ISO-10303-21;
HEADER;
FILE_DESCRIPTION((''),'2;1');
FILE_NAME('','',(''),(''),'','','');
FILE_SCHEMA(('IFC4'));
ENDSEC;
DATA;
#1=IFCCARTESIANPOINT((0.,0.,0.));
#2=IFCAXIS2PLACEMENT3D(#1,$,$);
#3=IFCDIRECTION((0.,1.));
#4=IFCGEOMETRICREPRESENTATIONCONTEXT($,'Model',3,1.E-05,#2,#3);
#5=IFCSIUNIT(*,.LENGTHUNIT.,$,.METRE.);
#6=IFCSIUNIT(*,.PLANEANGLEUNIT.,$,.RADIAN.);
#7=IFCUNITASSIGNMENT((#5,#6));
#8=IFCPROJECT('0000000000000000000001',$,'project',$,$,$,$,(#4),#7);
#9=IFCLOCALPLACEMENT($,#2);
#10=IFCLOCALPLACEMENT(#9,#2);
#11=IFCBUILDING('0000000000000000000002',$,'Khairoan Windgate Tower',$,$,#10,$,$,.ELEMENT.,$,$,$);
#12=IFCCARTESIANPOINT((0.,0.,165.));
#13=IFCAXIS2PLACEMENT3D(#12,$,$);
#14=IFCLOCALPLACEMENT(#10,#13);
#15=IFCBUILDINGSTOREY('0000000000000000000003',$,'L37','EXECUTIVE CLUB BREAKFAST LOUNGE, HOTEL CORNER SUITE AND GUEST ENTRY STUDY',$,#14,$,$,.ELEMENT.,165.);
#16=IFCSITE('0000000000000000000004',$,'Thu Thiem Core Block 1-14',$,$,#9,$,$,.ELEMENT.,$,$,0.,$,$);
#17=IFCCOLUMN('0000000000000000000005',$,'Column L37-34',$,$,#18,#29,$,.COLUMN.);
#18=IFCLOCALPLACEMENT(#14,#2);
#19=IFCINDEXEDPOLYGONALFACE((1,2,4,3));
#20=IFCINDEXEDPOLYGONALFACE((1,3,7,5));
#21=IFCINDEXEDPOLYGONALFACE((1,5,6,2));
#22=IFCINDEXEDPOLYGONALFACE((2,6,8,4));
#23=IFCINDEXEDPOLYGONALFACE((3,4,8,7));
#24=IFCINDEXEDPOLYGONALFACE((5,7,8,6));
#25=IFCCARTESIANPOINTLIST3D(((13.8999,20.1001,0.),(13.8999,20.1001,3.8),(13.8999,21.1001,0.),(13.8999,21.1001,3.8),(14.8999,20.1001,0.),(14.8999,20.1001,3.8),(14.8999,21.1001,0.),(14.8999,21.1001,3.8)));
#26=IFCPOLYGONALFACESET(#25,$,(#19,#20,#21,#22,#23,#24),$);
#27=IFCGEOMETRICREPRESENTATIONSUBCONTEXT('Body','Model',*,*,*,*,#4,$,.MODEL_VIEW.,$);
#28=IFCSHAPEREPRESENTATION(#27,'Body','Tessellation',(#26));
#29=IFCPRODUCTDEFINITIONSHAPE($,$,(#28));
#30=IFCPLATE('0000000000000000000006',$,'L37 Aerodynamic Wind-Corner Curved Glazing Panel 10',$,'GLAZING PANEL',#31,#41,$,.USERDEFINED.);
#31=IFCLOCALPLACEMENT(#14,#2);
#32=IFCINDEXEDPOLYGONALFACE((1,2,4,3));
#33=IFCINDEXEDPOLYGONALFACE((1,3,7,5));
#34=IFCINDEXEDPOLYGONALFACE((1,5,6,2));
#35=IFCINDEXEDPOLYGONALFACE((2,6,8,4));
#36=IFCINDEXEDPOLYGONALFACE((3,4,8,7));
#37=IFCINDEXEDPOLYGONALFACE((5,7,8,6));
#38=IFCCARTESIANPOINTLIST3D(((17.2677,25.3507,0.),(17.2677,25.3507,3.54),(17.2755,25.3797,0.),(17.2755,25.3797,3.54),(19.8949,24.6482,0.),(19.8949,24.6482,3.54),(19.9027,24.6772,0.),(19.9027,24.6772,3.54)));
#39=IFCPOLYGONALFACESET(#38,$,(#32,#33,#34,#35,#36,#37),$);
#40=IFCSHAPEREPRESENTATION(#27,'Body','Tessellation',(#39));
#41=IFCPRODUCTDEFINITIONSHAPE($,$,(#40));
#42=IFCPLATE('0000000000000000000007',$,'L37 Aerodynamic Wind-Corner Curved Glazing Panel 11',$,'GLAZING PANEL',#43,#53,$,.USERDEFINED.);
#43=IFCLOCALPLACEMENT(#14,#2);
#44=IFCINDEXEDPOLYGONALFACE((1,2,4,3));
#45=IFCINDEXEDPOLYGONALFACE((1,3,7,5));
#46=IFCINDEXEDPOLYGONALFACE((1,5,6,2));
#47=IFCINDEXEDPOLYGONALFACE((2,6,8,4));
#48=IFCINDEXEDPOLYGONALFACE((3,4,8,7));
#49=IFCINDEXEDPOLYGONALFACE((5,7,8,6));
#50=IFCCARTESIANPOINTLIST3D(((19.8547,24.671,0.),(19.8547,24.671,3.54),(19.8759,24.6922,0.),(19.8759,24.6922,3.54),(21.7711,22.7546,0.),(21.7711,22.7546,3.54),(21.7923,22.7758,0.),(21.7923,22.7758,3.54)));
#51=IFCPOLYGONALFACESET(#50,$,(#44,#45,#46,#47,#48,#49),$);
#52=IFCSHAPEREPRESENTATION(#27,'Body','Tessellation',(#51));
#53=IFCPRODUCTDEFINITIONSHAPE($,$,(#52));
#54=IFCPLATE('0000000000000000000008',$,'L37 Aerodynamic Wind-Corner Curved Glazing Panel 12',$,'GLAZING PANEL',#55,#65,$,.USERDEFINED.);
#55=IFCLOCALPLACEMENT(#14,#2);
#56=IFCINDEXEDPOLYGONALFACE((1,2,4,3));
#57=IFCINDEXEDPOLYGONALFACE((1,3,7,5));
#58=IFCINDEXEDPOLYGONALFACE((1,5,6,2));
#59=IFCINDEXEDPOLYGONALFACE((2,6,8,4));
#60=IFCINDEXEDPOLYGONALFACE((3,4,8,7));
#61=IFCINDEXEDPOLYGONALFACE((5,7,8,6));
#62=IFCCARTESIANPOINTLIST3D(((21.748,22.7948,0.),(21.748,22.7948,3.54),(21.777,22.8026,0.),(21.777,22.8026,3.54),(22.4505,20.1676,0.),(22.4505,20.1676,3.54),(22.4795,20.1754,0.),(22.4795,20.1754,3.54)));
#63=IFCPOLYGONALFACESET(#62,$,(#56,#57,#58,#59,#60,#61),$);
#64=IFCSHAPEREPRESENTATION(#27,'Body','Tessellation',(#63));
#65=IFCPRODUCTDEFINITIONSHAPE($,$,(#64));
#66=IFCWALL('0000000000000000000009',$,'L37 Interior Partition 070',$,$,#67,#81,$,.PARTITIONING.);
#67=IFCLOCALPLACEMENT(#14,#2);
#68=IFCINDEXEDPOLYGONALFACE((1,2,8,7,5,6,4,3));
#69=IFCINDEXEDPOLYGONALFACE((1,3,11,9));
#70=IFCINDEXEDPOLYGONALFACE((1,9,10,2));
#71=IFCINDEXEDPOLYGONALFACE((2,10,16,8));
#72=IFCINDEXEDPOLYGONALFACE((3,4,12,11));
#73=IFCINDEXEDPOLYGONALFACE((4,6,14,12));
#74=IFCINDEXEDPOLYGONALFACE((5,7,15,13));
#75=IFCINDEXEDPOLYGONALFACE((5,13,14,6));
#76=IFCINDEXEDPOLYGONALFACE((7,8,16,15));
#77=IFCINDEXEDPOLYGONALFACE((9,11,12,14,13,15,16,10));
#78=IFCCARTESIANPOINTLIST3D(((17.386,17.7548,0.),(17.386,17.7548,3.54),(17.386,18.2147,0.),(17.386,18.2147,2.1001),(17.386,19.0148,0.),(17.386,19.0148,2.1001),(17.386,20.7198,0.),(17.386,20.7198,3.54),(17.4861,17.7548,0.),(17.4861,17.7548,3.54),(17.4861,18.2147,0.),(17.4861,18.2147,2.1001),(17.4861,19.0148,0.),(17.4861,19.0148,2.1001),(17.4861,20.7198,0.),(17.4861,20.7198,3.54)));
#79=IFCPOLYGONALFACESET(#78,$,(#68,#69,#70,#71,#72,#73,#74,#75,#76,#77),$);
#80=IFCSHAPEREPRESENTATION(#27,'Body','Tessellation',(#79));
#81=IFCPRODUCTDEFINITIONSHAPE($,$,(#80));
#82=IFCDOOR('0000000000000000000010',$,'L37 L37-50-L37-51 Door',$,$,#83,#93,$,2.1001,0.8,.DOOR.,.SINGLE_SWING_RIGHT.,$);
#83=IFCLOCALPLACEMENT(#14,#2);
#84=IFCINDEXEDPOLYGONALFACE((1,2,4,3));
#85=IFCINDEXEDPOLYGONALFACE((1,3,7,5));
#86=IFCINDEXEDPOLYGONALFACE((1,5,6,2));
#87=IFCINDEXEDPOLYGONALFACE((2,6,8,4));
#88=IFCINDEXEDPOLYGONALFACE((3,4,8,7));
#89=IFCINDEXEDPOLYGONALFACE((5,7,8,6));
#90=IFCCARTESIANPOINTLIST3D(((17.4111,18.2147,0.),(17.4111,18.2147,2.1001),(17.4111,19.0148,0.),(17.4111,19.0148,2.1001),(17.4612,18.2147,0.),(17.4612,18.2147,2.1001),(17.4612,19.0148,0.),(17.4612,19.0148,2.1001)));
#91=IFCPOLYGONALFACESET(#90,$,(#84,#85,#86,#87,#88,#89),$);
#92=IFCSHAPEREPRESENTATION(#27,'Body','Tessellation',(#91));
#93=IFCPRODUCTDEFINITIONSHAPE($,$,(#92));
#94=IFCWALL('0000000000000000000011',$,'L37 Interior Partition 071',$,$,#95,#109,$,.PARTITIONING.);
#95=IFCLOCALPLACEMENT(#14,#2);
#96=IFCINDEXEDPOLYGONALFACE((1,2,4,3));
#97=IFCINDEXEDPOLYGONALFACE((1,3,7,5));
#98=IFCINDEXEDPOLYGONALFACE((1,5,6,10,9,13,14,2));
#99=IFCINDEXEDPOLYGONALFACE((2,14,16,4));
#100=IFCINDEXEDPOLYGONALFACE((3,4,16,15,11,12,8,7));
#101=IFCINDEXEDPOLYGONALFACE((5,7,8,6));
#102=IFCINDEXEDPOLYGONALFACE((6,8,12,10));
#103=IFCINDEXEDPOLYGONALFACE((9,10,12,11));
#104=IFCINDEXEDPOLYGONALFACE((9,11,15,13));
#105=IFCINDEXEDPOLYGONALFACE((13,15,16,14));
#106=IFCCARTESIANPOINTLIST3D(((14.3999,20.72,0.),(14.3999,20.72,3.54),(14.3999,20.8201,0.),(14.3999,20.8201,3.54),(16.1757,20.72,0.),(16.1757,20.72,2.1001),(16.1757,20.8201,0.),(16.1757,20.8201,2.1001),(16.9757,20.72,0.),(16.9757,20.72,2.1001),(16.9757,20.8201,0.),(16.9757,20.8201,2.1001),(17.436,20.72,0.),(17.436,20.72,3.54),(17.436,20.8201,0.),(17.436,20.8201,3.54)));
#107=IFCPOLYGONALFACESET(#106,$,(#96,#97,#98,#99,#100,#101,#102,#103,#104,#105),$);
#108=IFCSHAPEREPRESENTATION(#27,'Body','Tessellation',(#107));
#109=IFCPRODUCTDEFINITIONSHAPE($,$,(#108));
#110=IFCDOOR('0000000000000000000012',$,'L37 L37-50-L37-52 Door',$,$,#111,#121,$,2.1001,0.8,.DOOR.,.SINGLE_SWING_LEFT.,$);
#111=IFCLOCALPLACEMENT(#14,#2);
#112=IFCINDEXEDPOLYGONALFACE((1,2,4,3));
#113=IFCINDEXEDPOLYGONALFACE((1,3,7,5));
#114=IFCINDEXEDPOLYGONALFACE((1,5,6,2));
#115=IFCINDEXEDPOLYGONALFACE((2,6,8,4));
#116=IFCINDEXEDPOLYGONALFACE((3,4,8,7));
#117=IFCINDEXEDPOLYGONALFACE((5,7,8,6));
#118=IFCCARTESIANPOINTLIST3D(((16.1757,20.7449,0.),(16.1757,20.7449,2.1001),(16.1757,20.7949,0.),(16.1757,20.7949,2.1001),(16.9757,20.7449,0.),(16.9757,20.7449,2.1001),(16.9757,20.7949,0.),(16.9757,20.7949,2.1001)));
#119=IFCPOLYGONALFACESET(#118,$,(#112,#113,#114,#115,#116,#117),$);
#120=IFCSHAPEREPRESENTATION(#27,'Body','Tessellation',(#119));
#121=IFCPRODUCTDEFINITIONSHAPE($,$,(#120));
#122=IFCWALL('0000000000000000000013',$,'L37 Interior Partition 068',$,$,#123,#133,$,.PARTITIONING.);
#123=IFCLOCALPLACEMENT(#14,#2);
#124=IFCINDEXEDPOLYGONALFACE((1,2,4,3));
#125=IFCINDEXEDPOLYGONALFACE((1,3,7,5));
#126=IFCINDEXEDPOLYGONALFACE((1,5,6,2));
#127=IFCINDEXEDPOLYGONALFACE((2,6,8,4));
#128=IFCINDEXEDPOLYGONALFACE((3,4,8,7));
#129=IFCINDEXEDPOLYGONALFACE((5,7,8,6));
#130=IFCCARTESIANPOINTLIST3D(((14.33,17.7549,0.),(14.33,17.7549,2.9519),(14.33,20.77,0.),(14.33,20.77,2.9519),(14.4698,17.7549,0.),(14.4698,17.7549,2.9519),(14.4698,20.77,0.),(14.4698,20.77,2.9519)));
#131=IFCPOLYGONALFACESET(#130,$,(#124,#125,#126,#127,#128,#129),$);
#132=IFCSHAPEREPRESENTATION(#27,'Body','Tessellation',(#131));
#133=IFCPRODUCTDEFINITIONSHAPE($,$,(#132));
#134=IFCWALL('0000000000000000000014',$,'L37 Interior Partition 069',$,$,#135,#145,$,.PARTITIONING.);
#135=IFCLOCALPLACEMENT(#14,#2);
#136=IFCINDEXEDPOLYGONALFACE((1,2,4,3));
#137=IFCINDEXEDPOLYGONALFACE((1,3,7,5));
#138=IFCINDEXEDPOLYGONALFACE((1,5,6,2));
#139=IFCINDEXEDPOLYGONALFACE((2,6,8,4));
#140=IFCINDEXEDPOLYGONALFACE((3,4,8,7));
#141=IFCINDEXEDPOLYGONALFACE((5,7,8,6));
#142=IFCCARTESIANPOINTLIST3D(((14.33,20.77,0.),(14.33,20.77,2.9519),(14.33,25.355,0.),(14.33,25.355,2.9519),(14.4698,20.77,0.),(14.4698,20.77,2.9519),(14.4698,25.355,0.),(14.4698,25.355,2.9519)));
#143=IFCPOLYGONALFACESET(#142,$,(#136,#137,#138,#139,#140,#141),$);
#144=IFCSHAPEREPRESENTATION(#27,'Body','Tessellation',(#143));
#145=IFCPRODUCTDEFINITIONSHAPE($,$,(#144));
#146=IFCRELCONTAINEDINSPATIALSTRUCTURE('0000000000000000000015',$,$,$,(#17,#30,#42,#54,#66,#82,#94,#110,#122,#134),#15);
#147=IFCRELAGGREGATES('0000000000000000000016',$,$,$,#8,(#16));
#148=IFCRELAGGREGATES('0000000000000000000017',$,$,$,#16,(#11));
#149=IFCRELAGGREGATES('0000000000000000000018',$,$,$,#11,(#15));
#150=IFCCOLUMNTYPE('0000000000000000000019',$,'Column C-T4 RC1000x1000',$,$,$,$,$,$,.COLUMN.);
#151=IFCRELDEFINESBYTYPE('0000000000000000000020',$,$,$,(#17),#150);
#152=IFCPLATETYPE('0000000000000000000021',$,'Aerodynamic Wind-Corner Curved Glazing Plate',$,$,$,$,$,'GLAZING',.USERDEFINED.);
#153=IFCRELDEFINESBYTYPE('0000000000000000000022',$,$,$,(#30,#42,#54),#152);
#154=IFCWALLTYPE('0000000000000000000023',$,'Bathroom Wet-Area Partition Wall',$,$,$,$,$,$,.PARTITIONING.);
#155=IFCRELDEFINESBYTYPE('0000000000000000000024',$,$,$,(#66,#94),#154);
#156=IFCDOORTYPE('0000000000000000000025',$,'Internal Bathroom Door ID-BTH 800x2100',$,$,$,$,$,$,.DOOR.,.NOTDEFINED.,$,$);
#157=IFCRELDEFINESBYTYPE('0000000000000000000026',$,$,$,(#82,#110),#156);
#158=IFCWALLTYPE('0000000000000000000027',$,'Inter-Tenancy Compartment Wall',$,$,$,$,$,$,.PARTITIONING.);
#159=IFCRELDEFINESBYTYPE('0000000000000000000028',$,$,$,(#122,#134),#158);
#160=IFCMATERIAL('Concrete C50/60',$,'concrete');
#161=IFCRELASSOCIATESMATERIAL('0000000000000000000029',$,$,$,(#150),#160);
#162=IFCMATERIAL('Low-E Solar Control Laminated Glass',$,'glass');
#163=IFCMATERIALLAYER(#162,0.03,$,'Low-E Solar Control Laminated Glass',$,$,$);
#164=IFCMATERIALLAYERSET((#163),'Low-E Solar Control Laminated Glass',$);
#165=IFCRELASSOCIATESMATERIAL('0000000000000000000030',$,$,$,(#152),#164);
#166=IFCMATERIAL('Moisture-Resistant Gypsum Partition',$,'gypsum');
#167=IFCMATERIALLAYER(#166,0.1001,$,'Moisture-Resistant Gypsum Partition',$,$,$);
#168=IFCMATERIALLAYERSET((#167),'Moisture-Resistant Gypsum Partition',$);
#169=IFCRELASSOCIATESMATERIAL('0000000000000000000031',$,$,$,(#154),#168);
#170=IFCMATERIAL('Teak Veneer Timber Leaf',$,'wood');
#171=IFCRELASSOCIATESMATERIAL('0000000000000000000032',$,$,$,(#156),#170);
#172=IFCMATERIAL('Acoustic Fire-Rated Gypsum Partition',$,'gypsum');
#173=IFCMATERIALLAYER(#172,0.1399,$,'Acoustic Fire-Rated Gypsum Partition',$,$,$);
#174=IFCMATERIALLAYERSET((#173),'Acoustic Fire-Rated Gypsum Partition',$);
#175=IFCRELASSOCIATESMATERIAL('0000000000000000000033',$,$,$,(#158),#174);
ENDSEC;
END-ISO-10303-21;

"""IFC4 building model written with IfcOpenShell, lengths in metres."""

from ifc_helpers import new_model, si_unit, direction, frame, frame_2d, origin, origin_2d, place, context, subcontext, project, spatial, rectangle, extrude, material, layer, layer_set, material_profile, profile_set, type_object, element, fill, save


model = new_model("IFC4")

# Units and contexts
model_context = context("Model", 3, precision=1e-05, world=origin(), true_north=direction((0.0, 1.0)))
body_context = subcontext(model_context, "Body", "Model", "MODEL_VIEW")
ifc_project = project(units=[si_unit("LENGTHUNIT", "METRE"), si_unit("PLANEANGLEUNIT", "RADIAN")], contexts=[model_context])

# Site, building, storey
site_placement = place(None, origin())
site = spatial("IfcSite", under=ifc_project, at=site_placement, Name="Thu Thiem Core Block 1-14", CompositionType="ELEMENT", RefElevation=0.0)
building_placement = place(site_placement, origin())
building = spatial("IfcBuilding", under=site, at=building_placement, Name="Khairoan Windgate Tower", CompositionType="ELEMENT")
storey_placement = place(building_placement, frame((0.0, 0.0, 165.0)))
storey = spatial("IfcBuildingStorey", under=building, at=storey_placement, Name="L37", Description="EXECUTIVE CLUB BREAKFAST LOUNGE, HOTEL CORNER SUITE AND GUEST ENTRY STUDY", CompositionType="ELEMENT", Elevation=165.0)

# Column
ifc_material_1 = material(Name="Concrete C50/60", Category="concrete")
ifc_material_profile_1 = material_profile(ifc_material_1, rectangle(XDim=1.0, YDim=1.0, at=origin_2d()))
ifc_profile_set_1 = profile_set([ifc_material_profile_1], Name="Concrete C50/60")
column_type = type_object("IfcColumnType", Name="Column C-T4 RC1000x1000", PredefinedType="COLUMN", material=ifc_profile_set_1)
column_placement = place(storey_placement, frame((14.3999, 20.6001, 0.0), z_axis=(0.0, 0.0, 1.0), x_axis=(1.0, 0.0, 0.0)))
element("IfcColumn", 1, at=column_placement, inside=storey, type_object=column_type, Name="Column L37-34", PredefinedType="COLUMN", context=body_context, shape_type="SweptSolid", body=[
    extrude(rectangle(XDim=1.0, YDim=1.0, at=origin_2d()), origin(), (0.0, 0.0, 1.0), 3.8),
])

# Plates
ifc_material_2 = material(Name="Low-E Solar Control Laminated Glass", Category="glass")
ifc_layer_1 = layer(ifc_material_2, 0.03, Name="Low-E Solar Control Laminated Glass")
ifc_layer_set_1 = layer_set([ifc_layer_1], Name="Low-E Solar Control Laminated Glass")
plate_type_1 = type_object("IfcPlateType", Name="Aerodynamic Wind-Corner Curved Glazing Plate", ElementType="GLAZING", PredefinedType="USERDEFINED", material=ifc_layer_set_1)
plate_1_placement = place(storey_placement, frame((18.5852, 25.0139, 0.0), z_axis=(0.0, 0.0, 1.0), x_axis=(0.966061, -0.258313, 0.0)))
element("IfcPlate", 2, at=plate_1_placement, inside=storey, type_object=plate_type_1, Name="L37 Aerodynamic Wind-Corner Curved Glazing Panel 10", ObjectType="GLAZING PANEL", PredefinedType="USERDEFINED", context=body_context, shape_type="SweptSolid", body=[
    extrude(rectangle(XDim=2.7195, YDim=0.03, at=origin_2d()), origin(), (0.0, 0.0, 1.0), 3.54),
])
plate_2_placement = place(storey_placement, frame((20.8235, 23.7234, 0.0), z_axis=(0.0, 0.0, 1.0), x_axis=(0.707107, -0.707107, 0.0)))
element("IfcPlate", 3, at=plate_2_placement, inside=storey, type_object=plate_type_1, Name="L37 Aerodynamic Wind-Corner Curved Glazing Panel 11", ObjectType="GLAZING PANEL", PredefinedType="USERDEFINED", context=body_context, shape_type="SweptSolid", body=[
    extrude(rectangle(XDim=2.7102, YDim=0.03, at=origin_2d()), origin(), (0.0, 0.0, 1.0), 3.54),
])
plate_3_placement = place(storey_placement, frame((22.1138, 21.4851, 0.0), z_axis=(0.0, 0.0, 1.0), x_axis=(0.258313, -0.966061, 0.0)))
element("IfcPlate", 4, at=plate_3_placement, inside=storey, type_object=plate_type_1, Name="L37 Aerodynamic Wind-Corner Curved Glazing Panel 12", ObjectType="GLAZING PANEL", PredefinedType="USERDEFINED", context=body_context, shape_type="SweptSolid", body=[
    extrude(rectangle(XDim=2.7195, YDim=0.03, at=origin_2d()), origin(), (0.0, 0.0, 1.0), 3.54),
])

# Walls, openings, doors
ifc_material_3 = material(Name="Moisture-Resistant Gypsum Partition", Category="gypsum")
ifc_layer_2 = layer(ifc_material_3, 0.1001, Name="Moisture-Resistant Gypsum Partition")
ifc_layer_set_2 = layer_set([ifc_layer_2], Name="Moisture-Resistant Gypsum Partition")
wall_type_1 = type_object("IfcWallType", Name="Bathroom Wet-Area Partition Wall", PredefinedType="PARTITIONING", material=ifc_layer_set_2)
wall_1_placement = place(storey_placement, frame((17.436, 17.7549, 0.0), z_axis=(0.0, 0.0, 1.0), x_axis=(0.0, 1.0, 0.0)))
wall_1 = element("IfcWall", 5, at=wall_1_placement, inside=storey, type_object=wall_type_1, Name="L37 Interior Partition 070", PredefinedType="PARTITIONING", context=body_context, shape_type="SweptSolid", body=[
    extrude(rectangle(XDim=2.9651, YDim=0.1001, at=frame_2d((1.4824, 0.0))), origin(), (0.0, 0.0, 1.0), 3.54),
])
opening_1_placement = place(wall_1_placement, frame((0.46, 0.0, 0.0)))
opening_1 = element("IfcOpeningElement", 6, at=opening_1_placement, cuts=wall_1, PredefinedType="OPENING", context=body_context, shape_type="SweptSolid", body=[
    extrude(rectangle(XDim=0.8, YDim=2.1001, at=frame_2d((0.3999, 1.05))), frame((0.0, 0.0601, 0.0), z_axis=(0.0, -1.0, 0.0), x_axis=(1.0, 0.0, 0.0)), (0.0, 0.0, 1.0), 0.1201),
])
ifc_material_4 = material(Name="Teak Veneer Timber Leaf", Category="wood")
door_type_1 = type_object("IfcDoorType", Name="Internal Bathroom Door ID-BTH 800x2100", OperationType="NOTDEFINED", PredefinedType="DOOR", material=ifc_material_4)
door_1_placement = place(opening_1_placement, origin())
door_1 = element("IfcDoor", 7, at=door_1_placement, inside=storey, type_object=door_type_1, Name="L37 L37-50-L37-51 Door", OperationType="SINGLE_SWING_RIGHT", OverallHeight=2.1001, OverallWidth=0.8, PredefinedType="DOOR", context=body_context, shape_type="SweptSolid", body=[
    extrude(rectangle(XDim=0.8, YDim=2.1001, at=frame_2d((0.3999, 1.05))), frame((0.0, 0.0249, 0.0), z_axis=(0.0, -1.0, 0.0), x_axis=(1.0, 0.0, 0.0)), (0.0, 0.0, 1.0), 0.05),
])
fill(opening_1, door_1)
wall_2_placement = place(storey_placement, frame((14.3999, 20.77, 0.0), z_axis=(0.0, 0.0, 1.0), x_axis=(1.0, 0.0, 0.0)))
wall_2 = element("IfcWall", 8, at=wall_2_placement, inside=storey, type_object=wall_type_1, Name="L37 Interior Partition 071", PredefinedType="PARTITIONING", context=body_context, shape_type="SweptSolid", body=[
    extrude(rectangle(XDim=3.0361, YDim=0.1001, at=frame_2d((1.5181, 0.0))), origin(), (0.0, 0.0, 1.0), 3.54),
])
opening_2_placement = place(wall_2_placement, frame((1.7759, 0.0, 0.0)))
opening_2 = element("IfcOpeningElement", 9, at=opening_2_placement, cuts=wall_2, PredefinedType="OPENING", context=body_context, shape_type="SweptSolid", body=[
    extrude(rectangle(XDim=0.8, YDim=2.1001, at=frame_2d((0.3999, 1.05))), frame((0.0, 0.0601, 0.0), z_axis=(0.0, -1.0, 0.0), x_axis=(1.0, 0.0, 0.0)), (0.0, 0.0, 1.0), 0.1201),
])
door_2_placement = place(opening_2_placement, origin())
door_2 = element("IfcDoor", 10, at=door_2_placement, inside=storey, type_object=door_type_1, Name="L37 L37-50-L37-52 Door", OperationType="SINGLE_SWING_LEFT", OverallHeight=2.1001, OverallWidth=0.8, PredefinedType="DOOR", context=body_context, shape_type="SweptSolid", body=[
    extrude(rectangle(XDim=0.8, YDim=2.1001, at=frame_2d((0.3999, 1.05))), frame((0.0, 0.0249, 0.0), z_axis=(0.0, -1.0, 0.0), x_axis=(1.0, 0.0, 0.0)), (0.0, 0.0, 1.0), 0.05),
])
fill(opening_2, door_2)

# Walls
ifc_material_5 = material(Name="Acoustic Fire-Rated Gypsum Partition", Category="gypsum")
ifc_layer_3 = layer(ifc_material_5, 0.1399, Name="Acoustic Fire-Rated Gypsum Partition")
ifc_layer_set_3 = layer_set([ifc_layer_3], Name="Acoustic Fire-Rated Gypsum Partition")
wall_type_2 = type_object("IfcWallType", Name="Inter-Tenancy Compartment Wall", PredefinedType="PARTITIONING", material=ifc_layer_set_3)
wall_3_placement = place(storey_placement, frame((14.3999, 17.7549, 0.0), z_axis=(0.0, 0.0, 1.0), x_axis=(0.0, 1.0, 0.0)))
element("IfcWall", 11, at=wall_3_placement, inside=storey, type_object=wall_type_2, Name="L37 Interior Partition 068", PredefinedType="PARTITIONING", context=body_context, shape_type="SweptSolid", body=[
    extrude(rectangle(XDim=3.0151, YDim=0.1399, at=frame_2d((1.5076, 0.0))), origin(), (0.0, 0.0, 1.0), 2.9519),
])
wall_4_placement = place(storey_placement, frame((14.3999, 20.77, 0.0), z_axis=(0.0, 0.0, 1.0), x_axis=(0.0, 1.0, 0.0)))
element("IfcWall", 12, at=wall_4_placement, inside=storey, type_object=wall_type_2, Name="L37 Interior Partition 069", PredefinedType="PARTITIONING", context=body_context, shape_type="SweptSolid", body=[
    extrude(rectangle(XDim=4.585, YDim=0.1399, at=frame_2d((2.2925, 0.0))), origin(), (0.0, 0.0, 1.0), 2.9519),
])

save(model, "model.ifc")
